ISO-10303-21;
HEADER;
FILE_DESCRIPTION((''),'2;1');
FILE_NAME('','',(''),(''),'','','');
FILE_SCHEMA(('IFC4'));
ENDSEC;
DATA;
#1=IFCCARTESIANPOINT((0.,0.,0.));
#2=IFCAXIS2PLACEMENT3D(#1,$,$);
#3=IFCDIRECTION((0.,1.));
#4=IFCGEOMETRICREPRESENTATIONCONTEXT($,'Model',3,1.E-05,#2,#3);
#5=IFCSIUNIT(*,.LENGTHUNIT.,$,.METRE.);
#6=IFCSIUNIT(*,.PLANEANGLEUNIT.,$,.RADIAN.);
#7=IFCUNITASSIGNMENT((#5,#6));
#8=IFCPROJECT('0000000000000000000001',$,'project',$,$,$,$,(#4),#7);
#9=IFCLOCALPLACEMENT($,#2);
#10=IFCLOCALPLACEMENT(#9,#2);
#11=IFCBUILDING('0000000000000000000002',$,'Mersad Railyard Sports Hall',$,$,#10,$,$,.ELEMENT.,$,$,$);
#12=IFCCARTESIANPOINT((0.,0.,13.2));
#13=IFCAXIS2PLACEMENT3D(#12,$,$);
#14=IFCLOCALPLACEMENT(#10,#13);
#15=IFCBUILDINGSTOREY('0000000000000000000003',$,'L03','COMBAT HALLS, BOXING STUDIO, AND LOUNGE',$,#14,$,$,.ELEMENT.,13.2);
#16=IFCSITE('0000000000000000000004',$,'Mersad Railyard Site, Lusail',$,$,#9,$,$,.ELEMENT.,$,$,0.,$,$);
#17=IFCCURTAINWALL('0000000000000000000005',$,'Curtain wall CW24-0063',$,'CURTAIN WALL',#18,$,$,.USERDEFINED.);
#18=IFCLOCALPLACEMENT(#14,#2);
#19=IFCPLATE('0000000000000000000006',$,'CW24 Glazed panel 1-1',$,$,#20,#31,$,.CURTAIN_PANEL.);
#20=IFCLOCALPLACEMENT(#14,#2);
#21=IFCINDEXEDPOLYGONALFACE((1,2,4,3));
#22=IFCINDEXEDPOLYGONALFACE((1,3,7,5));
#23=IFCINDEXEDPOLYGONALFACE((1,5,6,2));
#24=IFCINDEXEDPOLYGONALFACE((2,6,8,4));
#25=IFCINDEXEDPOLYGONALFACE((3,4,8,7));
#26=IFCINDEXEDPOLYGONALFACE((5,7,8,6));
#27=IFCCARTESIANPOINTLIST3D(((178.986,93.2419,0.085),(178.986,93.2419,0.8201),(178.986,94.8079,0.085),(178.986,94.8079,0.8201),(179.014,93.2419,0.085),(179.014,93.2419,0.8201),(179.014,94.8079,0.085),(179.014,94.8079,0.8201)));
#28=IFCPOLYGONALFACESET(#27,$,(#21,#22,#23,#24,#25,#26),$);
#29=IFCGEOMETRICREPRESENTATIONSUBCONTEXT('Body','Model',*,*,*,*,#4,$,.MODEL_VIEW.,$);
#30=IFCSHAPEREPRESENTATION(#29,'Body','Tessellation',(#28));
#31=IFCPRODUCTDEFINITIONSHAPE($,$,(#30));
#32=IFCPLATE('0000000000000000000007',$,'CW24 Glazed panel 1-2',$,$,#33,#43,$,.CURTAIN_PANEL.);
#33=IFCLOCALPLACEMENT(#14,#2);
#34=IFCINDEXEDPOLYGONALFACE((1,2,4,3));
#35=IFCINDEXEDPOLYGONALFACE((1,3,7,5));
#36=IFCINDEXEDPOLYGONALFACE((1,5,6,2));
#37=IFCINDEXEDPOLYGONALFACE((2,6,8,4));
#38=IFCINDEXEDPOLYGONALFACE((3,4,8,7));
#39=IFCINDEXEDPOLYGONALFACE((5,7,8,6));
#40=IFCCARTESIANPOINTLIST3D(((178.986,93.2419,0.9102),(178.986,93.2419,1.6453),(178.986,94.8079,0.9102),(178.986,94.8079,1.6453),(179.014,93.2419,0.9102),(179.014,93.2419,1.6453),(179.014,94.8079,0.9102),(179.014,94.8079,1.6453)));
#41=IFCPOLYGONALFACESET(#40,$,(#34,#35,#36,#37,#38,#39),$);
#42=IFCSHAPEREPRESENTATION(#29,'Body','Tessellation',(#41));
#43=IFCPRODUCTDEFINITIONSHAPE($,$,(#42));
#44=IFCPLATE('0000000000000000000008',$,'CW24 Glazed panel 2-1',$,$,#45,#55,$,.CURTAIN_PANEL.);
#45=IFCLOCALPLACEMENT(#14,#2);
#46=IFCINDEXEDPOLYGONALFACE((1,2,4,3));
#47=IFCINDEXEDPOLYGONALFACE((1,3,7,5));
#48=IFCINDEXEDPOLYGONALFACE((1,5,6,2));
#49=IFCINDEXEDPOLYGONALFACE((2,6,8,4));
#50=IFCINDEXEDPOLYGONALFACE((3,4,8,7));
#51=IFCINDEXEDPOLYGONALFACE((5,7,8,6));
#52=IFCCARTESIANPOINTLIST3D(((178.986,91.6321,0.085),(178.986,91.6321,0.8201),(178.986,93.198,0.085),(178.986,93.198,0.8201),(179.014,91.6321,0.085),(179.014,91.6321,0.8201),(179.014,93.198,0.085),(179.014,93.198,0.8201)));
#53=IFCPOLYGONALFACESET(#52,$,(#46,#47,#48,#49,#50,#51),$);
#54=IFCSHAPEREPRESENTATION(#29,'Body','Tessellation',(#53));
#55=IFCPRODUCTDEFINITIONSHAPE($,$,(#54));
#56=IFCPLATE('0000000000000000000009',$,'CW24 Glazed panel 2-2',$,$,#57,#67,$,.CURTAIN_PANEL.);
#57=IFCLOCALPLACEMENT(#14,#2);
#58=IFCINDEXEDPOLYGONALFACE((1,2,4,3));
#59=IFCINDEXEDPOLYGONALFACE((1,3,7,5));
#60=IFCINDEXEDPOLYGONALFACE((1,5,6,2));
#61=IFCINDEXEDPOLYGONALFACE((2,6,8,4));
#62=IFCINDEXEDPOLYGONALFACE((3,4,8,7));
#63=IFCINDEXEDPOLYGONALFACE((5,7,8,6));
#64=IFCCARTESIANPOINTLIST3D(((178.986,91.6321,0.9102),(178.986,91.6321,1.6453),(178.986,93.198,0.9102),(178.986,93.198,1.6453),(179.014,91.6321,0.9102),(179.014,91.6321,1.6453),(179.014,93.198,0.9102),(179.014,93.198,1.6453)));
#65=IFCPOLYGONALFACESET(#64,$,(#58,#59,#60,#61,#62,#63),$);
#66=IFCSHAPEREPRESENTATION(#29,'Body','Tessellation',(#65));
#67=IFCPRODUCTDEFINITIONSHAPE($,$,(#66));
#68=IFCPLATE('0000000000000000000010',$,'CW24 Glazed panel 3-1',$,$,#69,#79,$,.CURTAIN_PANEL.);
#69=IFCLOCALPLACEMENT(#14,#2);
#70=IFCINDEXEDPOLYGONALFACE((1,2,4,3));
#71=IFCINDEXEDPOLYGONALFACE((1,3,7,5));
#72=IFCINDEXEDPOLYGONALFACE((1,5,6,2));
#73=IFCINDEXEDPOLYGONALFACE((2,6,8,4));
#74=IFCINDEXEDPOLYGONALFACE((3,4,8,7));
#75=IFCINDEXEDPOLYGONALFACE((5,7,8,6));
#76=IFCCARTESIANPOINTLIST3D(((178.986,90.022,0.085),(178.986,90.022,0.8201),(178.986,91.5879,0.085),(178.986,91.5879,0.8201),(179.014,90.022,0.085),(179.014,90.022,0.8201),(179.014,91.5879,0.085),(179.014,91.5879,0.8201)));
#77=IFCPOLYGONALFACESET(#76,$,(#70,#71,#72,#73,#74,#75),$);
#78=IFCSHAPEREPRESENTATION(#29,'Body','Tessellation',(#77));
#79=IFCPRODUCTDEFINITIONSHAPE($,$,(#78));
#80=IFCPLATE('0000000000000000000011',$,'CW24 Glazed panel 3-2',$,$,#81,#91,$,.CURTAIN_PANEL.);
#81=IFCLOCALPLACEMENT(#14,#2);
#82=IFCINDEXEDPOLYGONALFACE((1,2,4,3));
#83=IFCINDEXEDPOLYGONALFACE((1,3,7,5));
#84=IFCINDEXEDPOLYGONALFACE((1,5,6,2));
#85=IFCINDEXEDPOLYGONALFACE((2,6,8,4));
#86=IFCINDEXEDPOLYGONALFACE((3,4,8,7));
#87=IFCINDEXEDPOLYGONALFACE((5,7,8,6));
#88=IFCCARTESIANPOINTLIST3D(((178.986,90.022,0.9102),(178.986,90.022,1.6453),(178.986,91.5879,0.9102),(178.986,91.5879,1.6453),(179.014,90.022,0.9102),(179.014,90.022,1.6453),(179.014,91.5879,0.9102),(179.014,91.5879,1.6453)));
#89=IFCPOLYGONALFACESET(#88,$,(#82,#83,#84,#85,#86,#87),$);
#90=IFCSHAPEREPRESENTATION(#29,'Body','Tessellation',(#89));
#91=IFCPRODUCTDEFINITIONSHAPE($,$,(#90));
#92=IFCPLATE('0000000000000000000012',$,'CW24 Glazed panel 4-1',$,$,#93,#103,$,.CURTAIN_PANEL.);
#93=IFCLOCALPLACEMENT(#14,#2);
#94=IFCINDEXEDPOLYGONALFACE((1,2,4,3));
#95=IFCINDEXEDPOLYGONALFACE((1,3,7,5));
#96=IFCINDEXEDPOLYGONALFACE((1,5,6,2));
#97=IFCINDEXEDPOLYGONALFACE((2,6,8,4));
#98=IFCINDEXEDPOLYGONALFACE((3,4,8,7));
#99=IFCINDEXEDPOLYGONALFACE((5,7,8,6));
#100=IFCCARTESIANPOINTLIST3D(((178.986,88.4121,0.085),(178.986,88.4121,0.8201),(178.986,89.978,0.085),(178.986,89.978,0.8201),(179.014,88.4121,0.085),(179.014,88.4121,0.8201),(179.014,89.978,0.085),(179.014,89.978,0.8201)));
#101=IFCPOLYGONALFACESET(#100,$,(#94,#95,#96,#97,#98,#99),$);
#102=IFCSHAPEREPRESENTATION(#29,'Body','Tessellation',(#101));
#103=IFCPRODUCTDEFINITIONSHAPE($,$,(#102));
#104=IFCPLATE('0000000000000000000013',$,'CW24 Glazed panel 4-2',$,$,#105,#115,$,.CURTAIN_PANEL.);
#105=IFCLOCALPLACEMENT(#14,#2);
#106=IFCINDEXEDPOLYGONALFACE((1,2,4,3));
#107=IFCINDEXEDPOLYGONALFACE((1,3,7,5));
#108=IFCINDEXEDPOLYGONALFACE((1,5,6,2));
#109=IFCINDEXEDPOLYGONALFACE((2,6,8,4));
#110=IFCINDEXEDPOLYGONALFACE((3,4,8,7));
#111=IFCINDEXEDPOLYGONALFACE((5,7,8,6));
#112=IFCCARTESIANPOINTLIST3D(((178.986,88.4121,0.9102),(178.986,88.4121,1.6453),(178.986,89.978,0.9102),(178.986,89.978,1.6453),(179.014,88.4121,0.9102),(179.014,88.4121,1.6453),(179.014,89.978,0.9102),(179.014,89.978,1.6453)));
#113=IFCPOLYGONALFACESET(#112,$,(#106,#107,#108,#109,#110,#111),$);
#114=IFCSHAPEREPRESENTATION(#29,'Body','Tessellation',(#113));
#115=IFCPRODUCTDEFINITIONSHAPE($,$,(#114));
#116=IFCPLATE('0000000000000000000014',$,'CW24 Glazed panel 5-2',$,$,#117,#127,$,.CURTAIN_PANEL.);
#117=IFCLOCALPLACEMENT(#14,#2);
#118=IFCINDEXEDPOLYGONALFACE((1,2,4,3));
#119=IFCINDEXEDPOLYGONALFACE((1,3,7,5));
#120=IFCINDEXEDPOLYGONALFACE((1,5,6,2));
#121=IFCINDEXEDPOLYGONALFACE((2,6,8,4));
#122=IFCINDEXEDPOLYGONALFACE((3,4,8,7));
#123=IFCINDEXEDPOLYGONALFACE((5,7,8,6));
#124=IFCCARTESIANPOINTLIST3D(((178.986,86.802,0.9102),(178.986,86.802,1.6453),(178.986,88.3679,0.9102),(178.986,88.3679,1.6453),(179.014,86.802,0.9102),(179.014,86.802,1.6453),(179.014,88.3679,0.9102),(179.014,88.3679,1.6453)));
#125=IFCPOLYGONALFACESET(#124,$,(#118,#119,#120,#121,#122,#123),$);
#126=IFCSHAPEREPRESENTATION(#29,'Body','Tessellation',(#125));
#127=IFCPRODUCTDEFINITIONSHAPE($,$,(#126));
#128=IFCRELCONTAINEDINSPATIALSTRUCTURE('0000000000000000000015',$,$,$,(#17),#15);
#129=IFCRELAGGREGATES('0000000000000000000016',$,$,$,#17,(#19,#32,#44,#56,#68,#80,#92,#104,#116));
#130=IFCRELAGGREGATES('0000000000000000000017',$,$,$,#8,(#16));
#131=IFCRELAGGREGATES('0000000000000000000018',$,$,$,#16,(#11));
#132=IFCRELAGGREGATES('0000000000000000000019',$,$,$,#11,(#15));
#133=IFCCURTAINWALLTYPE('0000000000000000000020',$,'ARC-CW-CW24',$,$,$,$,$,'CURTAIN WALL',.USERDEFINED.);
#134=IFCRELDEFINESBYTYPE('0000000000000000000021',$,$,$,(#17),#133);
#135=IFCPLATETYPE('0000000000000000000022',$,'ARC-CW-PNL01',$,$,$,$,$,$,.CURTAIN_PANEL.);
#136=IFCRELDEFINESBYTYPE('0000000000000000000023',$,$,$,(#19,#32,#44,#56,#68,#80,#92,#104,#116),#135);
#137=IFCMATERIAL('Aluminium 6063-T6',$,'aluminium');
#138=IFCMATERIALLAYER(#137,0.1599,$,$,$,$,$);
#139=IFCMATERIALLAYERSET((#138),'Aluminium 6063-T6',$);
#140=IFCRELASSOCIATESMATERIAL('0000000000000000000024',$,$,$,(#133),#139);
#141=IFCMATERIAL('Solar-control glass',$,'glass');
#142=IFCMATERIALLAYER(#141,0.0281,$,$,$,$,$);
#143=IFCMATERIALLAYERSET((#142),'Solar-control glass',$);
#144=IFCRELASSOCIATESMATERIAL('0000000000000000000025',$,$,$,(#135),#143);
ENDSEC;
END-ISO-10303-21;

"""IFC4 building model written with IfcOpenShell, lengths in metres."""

from ifc_helpers import new_model, si_unit, direction, frame, origin, origin_2d, place, context, subcontext, project, spatial, rectangle, extrude, material, layer, layer_set, type_object, element, aggregate, save


model = new_model("IFC4")

# Units and contexts
model_context = context("Model", 3, precision=1e-05, world=origin(), true_north=direction((0.0, 1.0)))
body_context = subcontext(model_context, "Body", "Model", "MODEL_VIEW")
ifc_project = project(units=[si_unit("LENGTHUNIT", "METRE"), si_unit("PLANEANGLEUNIT", "RADIAN")], contexts=[model_context])

# Site, building, storey
site_placement = place(None, origin())
site = spatial("IfcSite", under=ifc_project, at=site_placement, Name="Mersad Railyard Site, Lusail", CompositionType="ELEMENT", RefElevation=0.0)
building_placement = place(site_placement, origin())
building = spatial("IfcBuilding", under=site, at=building_placement, Name="Mersad Railyard Sports Hall", CompositionType="ELEMENT")
storey_placement = place(building_placement, frame((0.0, 0.0, 13.2)))
storey = spatial("IfcBuildingStorey", under=building, at=storey_placement, Name="L03", Description="COMBAT HALLS, BOXING STUDIO, AND LOUNGE", CompositionType="ELEMENT", Elevation=13.2)

# Curtain wall, plates
ifc_material_1 = material(Name="Aluminium 6063-T6", Category="aluminium")
ifc_layer_1 = layer(ifc_material_1, 0.1599)
ifc_layer_set_1 = layer_set([ifc_layer_1], Name="Aluminium 6063-T6")
curtain_wall_type = type_object("IfcCurtainWallType", Name="ARC-CW-CW24", ElementType="CURTAIN WALL", PredefinedType="USERDEFINED", material=ifc_layer_set_1)
curtain_wall_placement = place(storey_placement, origin())
curtain_wall = element("IfcCurtainWall", 1, at=curtain_wall_placement, inside=storey, type_object=curtain_wall_type, Name="Curtain wall CW24-0063", ObjectType="CURTAIN WALL", PredefinedType="USERDEFINED")
ifc_material_2 = material(Name="Solar-control glass", Category="glass")
ifc_layer_2 = layer(ifc_material_2, 0.0281)
ifc_layer_set_2 = layer_set([ifc_layer_2], Name="Solar-control glass")
plate_type = type_object("IfcPlateType", Name="ARC-CW-PNL01", PredefinedType="CURTAIN_PANEL", material=ifc_layer_set_2)
plate_1_placement = place(storey_placement, frame((179.0, 94.0249, 0.085), z_axis=(0.0, 0.0, 1.0), x_axis=(0.0, -1.0, 0.0)))
plate_1 = element("IfcPlate", 2, at=plate_1_placement, type_object=plate_type, Name="CW24 Glazed panel 1-1", PredefinedType="CURTAIN_PANEL", context=body_context, shape_type="SweptSolid", body=[
    extrude(rectangle(XDim=1.5659, YDim=0.0281, at=origin_2d()), origin(), (0.0, 0.0, 1.0), 0.7351),
])
plate_2_placement = place(storey_placement, frame((179.0, 94.0249, 0.9102), z_axis=(0.0, 0.0, 1.0), x_axis=(0.0, -1.0, 0.0)))
plate_2 = element("IfcPlate", 3, at=plate_2_placement, type_object=plate_type, Name="CW24 Glazed panel 1-2", PredefinedType="CURTAIN_PANEL", context=body_context, shape_type="SweptSolid", body=[
    extrude(rectangle(XDim=1.5659, YDim=0.0281, at=origin_2d()), origin(), (0.0, 0.0, 1.0), 0.7351),
])
plate_3_placement = place(storey_placement, frame((179.0, 92.415, 0.085), z_axis=(0.0, 0.0, 1.0), x_axis=(0.0, -1.0, 0.0)))
plate_3 = element("IfcPlate", 4, at=plate_3_placement, type_object=plate_type, Name="CW24 Glazed panel 2-1", PredefinedType="CURTAIN_PANEL", context=body_context, shape_type="SweptSolid", body=[
    extrude(rectangle(XDim=1.5659, YDim=0.0281, at=origin_2d()), origin(), (0.0, 0.0, 1.0), 0.7351),
])
plate_4_placement = place(storey_placement, frame((179.0, 92.415, 0.9102), z_axis=(0.0, 0.0, 1.0), x_axis=(0.0, -1.0, 0.0)))
plate_4 = element("IfcPlate", 5, at=plate_4_placement, type_object=plate_type, Name="CW24 Glazed panel 2-2", PredefinedType="CURTAIN_PANEL", context=body_context, shape_type="SweptSolid", body=[
    extrude(rectangle(XDim=1.5659, YDim=0.0281, at=origin_2d()), origin(), (0.0, 0.0, 1.0), 0.7351),
])
plate_5_placement = place(storey_placement, frame((179.0, 90.8049, 0.085), z_axis=(0.0, 0.0, 1.0), x_axis=(0.0, -1.0, 0.0)))
plate_5 = element("IfcPlate", 6, at=plate_5_placement, type_object=plate_type, Name="CW24 Glazed panel 3-1", PredefinedType="CURTAIN_PANEL", context=body_context, shape_type="SweptSolid", body=[
    extrude(rectangle(XDim=1.5659, YDim=0.0281, at=origin_2d()), origin(), (0.0, 0.0, 1.0), 0.7351),
])
plate_6_placement = place(storey_placement, frame((179.0, 90.8049, 0.9102), z_axis=(0.0, 0.0, 1.0), x_axis=(0.0, -1.0, 0.0)))
plate_6 = element("IfcPlate", 7, at=plate_6_placement, type_object=plate_type, Name="CW24 Glazed panel 3-2", PredefinedType="CURTAIN_PANEL", context=body_context, shape_type="SweptSolid", body=[
    extrude(rectangle(XDim=1.5659, YDim=0.0281, at=origin_2d()), origin(), (0.0, 0.0, 1.0), 0.7351),
])
plate_7_placement = place(storey_placement, frame((179.0, 89.1951, 0.085), z_axis=(0.0, 0.0, 1.0), x_axis=(0.0, -1.0, 0.0)))
plate_7 = element("IfcPlate", 8, at=plate_7_placement, type_object=plate_type, Name="CW24 Glazed panel 4-1", PredefinedType="CURTAIN_PANEL", context=body_context, shape_type="SweptSolid", body=[
    extrude(rectangle(XDim=1.5659, YDim=0.0281, at=origin_2d()), origin(), (0.0, 0.0, 1.0), 0.7351),
])
plate_8_placement = place(storey_placement, frame((179.0, 89.1951, 0.9102), z_axis=(0.0, 0.0, 1.0), x_axis=(0.0, -1.0, 0.0)))
plate_8 = element("IfcPlate", 9, at=plate_8_placement, type_object=plate_type, Name="CW24 Glazed panel 4-2", PredefinedType="CURTAIN_PANEL", context=body_context, shape_type="SweptSolid", body=[
    extrude(rectangle(XDim=1.5659, YDim=0.0281, at=origin_2d()), origin(), (0.0, 0.0, 1.0), 0.7351),
])
plate_9_placement = place(storey_placement, frame((179.0, 87.585, 0.9102), z_axis=(0.0, 0.0, 1.0), x_axis=(0.0, -1.0, 0.0)))
plate_9 = element("IfcPlate", 10, at=plate_9_placement, type_object=plate_type, Name="CW24 Glazed panel 5-2", PredefinedType="CURTAIN_PANEL", context=body_context, shape_type="SweptSolid", body=[
    extrude(rectangle(XDim=1.5659, YDim=0.0281, at=origin_2d()), origin(), (0.0, 0.0, 1.0), 0.7351),
])
aggregate(curtain_wall, [plate_1, plate_2, plate_3, plate_4, plate_5, plate_6, plate_7, plate_8, plate_9])

save(model, "model.ifc")
